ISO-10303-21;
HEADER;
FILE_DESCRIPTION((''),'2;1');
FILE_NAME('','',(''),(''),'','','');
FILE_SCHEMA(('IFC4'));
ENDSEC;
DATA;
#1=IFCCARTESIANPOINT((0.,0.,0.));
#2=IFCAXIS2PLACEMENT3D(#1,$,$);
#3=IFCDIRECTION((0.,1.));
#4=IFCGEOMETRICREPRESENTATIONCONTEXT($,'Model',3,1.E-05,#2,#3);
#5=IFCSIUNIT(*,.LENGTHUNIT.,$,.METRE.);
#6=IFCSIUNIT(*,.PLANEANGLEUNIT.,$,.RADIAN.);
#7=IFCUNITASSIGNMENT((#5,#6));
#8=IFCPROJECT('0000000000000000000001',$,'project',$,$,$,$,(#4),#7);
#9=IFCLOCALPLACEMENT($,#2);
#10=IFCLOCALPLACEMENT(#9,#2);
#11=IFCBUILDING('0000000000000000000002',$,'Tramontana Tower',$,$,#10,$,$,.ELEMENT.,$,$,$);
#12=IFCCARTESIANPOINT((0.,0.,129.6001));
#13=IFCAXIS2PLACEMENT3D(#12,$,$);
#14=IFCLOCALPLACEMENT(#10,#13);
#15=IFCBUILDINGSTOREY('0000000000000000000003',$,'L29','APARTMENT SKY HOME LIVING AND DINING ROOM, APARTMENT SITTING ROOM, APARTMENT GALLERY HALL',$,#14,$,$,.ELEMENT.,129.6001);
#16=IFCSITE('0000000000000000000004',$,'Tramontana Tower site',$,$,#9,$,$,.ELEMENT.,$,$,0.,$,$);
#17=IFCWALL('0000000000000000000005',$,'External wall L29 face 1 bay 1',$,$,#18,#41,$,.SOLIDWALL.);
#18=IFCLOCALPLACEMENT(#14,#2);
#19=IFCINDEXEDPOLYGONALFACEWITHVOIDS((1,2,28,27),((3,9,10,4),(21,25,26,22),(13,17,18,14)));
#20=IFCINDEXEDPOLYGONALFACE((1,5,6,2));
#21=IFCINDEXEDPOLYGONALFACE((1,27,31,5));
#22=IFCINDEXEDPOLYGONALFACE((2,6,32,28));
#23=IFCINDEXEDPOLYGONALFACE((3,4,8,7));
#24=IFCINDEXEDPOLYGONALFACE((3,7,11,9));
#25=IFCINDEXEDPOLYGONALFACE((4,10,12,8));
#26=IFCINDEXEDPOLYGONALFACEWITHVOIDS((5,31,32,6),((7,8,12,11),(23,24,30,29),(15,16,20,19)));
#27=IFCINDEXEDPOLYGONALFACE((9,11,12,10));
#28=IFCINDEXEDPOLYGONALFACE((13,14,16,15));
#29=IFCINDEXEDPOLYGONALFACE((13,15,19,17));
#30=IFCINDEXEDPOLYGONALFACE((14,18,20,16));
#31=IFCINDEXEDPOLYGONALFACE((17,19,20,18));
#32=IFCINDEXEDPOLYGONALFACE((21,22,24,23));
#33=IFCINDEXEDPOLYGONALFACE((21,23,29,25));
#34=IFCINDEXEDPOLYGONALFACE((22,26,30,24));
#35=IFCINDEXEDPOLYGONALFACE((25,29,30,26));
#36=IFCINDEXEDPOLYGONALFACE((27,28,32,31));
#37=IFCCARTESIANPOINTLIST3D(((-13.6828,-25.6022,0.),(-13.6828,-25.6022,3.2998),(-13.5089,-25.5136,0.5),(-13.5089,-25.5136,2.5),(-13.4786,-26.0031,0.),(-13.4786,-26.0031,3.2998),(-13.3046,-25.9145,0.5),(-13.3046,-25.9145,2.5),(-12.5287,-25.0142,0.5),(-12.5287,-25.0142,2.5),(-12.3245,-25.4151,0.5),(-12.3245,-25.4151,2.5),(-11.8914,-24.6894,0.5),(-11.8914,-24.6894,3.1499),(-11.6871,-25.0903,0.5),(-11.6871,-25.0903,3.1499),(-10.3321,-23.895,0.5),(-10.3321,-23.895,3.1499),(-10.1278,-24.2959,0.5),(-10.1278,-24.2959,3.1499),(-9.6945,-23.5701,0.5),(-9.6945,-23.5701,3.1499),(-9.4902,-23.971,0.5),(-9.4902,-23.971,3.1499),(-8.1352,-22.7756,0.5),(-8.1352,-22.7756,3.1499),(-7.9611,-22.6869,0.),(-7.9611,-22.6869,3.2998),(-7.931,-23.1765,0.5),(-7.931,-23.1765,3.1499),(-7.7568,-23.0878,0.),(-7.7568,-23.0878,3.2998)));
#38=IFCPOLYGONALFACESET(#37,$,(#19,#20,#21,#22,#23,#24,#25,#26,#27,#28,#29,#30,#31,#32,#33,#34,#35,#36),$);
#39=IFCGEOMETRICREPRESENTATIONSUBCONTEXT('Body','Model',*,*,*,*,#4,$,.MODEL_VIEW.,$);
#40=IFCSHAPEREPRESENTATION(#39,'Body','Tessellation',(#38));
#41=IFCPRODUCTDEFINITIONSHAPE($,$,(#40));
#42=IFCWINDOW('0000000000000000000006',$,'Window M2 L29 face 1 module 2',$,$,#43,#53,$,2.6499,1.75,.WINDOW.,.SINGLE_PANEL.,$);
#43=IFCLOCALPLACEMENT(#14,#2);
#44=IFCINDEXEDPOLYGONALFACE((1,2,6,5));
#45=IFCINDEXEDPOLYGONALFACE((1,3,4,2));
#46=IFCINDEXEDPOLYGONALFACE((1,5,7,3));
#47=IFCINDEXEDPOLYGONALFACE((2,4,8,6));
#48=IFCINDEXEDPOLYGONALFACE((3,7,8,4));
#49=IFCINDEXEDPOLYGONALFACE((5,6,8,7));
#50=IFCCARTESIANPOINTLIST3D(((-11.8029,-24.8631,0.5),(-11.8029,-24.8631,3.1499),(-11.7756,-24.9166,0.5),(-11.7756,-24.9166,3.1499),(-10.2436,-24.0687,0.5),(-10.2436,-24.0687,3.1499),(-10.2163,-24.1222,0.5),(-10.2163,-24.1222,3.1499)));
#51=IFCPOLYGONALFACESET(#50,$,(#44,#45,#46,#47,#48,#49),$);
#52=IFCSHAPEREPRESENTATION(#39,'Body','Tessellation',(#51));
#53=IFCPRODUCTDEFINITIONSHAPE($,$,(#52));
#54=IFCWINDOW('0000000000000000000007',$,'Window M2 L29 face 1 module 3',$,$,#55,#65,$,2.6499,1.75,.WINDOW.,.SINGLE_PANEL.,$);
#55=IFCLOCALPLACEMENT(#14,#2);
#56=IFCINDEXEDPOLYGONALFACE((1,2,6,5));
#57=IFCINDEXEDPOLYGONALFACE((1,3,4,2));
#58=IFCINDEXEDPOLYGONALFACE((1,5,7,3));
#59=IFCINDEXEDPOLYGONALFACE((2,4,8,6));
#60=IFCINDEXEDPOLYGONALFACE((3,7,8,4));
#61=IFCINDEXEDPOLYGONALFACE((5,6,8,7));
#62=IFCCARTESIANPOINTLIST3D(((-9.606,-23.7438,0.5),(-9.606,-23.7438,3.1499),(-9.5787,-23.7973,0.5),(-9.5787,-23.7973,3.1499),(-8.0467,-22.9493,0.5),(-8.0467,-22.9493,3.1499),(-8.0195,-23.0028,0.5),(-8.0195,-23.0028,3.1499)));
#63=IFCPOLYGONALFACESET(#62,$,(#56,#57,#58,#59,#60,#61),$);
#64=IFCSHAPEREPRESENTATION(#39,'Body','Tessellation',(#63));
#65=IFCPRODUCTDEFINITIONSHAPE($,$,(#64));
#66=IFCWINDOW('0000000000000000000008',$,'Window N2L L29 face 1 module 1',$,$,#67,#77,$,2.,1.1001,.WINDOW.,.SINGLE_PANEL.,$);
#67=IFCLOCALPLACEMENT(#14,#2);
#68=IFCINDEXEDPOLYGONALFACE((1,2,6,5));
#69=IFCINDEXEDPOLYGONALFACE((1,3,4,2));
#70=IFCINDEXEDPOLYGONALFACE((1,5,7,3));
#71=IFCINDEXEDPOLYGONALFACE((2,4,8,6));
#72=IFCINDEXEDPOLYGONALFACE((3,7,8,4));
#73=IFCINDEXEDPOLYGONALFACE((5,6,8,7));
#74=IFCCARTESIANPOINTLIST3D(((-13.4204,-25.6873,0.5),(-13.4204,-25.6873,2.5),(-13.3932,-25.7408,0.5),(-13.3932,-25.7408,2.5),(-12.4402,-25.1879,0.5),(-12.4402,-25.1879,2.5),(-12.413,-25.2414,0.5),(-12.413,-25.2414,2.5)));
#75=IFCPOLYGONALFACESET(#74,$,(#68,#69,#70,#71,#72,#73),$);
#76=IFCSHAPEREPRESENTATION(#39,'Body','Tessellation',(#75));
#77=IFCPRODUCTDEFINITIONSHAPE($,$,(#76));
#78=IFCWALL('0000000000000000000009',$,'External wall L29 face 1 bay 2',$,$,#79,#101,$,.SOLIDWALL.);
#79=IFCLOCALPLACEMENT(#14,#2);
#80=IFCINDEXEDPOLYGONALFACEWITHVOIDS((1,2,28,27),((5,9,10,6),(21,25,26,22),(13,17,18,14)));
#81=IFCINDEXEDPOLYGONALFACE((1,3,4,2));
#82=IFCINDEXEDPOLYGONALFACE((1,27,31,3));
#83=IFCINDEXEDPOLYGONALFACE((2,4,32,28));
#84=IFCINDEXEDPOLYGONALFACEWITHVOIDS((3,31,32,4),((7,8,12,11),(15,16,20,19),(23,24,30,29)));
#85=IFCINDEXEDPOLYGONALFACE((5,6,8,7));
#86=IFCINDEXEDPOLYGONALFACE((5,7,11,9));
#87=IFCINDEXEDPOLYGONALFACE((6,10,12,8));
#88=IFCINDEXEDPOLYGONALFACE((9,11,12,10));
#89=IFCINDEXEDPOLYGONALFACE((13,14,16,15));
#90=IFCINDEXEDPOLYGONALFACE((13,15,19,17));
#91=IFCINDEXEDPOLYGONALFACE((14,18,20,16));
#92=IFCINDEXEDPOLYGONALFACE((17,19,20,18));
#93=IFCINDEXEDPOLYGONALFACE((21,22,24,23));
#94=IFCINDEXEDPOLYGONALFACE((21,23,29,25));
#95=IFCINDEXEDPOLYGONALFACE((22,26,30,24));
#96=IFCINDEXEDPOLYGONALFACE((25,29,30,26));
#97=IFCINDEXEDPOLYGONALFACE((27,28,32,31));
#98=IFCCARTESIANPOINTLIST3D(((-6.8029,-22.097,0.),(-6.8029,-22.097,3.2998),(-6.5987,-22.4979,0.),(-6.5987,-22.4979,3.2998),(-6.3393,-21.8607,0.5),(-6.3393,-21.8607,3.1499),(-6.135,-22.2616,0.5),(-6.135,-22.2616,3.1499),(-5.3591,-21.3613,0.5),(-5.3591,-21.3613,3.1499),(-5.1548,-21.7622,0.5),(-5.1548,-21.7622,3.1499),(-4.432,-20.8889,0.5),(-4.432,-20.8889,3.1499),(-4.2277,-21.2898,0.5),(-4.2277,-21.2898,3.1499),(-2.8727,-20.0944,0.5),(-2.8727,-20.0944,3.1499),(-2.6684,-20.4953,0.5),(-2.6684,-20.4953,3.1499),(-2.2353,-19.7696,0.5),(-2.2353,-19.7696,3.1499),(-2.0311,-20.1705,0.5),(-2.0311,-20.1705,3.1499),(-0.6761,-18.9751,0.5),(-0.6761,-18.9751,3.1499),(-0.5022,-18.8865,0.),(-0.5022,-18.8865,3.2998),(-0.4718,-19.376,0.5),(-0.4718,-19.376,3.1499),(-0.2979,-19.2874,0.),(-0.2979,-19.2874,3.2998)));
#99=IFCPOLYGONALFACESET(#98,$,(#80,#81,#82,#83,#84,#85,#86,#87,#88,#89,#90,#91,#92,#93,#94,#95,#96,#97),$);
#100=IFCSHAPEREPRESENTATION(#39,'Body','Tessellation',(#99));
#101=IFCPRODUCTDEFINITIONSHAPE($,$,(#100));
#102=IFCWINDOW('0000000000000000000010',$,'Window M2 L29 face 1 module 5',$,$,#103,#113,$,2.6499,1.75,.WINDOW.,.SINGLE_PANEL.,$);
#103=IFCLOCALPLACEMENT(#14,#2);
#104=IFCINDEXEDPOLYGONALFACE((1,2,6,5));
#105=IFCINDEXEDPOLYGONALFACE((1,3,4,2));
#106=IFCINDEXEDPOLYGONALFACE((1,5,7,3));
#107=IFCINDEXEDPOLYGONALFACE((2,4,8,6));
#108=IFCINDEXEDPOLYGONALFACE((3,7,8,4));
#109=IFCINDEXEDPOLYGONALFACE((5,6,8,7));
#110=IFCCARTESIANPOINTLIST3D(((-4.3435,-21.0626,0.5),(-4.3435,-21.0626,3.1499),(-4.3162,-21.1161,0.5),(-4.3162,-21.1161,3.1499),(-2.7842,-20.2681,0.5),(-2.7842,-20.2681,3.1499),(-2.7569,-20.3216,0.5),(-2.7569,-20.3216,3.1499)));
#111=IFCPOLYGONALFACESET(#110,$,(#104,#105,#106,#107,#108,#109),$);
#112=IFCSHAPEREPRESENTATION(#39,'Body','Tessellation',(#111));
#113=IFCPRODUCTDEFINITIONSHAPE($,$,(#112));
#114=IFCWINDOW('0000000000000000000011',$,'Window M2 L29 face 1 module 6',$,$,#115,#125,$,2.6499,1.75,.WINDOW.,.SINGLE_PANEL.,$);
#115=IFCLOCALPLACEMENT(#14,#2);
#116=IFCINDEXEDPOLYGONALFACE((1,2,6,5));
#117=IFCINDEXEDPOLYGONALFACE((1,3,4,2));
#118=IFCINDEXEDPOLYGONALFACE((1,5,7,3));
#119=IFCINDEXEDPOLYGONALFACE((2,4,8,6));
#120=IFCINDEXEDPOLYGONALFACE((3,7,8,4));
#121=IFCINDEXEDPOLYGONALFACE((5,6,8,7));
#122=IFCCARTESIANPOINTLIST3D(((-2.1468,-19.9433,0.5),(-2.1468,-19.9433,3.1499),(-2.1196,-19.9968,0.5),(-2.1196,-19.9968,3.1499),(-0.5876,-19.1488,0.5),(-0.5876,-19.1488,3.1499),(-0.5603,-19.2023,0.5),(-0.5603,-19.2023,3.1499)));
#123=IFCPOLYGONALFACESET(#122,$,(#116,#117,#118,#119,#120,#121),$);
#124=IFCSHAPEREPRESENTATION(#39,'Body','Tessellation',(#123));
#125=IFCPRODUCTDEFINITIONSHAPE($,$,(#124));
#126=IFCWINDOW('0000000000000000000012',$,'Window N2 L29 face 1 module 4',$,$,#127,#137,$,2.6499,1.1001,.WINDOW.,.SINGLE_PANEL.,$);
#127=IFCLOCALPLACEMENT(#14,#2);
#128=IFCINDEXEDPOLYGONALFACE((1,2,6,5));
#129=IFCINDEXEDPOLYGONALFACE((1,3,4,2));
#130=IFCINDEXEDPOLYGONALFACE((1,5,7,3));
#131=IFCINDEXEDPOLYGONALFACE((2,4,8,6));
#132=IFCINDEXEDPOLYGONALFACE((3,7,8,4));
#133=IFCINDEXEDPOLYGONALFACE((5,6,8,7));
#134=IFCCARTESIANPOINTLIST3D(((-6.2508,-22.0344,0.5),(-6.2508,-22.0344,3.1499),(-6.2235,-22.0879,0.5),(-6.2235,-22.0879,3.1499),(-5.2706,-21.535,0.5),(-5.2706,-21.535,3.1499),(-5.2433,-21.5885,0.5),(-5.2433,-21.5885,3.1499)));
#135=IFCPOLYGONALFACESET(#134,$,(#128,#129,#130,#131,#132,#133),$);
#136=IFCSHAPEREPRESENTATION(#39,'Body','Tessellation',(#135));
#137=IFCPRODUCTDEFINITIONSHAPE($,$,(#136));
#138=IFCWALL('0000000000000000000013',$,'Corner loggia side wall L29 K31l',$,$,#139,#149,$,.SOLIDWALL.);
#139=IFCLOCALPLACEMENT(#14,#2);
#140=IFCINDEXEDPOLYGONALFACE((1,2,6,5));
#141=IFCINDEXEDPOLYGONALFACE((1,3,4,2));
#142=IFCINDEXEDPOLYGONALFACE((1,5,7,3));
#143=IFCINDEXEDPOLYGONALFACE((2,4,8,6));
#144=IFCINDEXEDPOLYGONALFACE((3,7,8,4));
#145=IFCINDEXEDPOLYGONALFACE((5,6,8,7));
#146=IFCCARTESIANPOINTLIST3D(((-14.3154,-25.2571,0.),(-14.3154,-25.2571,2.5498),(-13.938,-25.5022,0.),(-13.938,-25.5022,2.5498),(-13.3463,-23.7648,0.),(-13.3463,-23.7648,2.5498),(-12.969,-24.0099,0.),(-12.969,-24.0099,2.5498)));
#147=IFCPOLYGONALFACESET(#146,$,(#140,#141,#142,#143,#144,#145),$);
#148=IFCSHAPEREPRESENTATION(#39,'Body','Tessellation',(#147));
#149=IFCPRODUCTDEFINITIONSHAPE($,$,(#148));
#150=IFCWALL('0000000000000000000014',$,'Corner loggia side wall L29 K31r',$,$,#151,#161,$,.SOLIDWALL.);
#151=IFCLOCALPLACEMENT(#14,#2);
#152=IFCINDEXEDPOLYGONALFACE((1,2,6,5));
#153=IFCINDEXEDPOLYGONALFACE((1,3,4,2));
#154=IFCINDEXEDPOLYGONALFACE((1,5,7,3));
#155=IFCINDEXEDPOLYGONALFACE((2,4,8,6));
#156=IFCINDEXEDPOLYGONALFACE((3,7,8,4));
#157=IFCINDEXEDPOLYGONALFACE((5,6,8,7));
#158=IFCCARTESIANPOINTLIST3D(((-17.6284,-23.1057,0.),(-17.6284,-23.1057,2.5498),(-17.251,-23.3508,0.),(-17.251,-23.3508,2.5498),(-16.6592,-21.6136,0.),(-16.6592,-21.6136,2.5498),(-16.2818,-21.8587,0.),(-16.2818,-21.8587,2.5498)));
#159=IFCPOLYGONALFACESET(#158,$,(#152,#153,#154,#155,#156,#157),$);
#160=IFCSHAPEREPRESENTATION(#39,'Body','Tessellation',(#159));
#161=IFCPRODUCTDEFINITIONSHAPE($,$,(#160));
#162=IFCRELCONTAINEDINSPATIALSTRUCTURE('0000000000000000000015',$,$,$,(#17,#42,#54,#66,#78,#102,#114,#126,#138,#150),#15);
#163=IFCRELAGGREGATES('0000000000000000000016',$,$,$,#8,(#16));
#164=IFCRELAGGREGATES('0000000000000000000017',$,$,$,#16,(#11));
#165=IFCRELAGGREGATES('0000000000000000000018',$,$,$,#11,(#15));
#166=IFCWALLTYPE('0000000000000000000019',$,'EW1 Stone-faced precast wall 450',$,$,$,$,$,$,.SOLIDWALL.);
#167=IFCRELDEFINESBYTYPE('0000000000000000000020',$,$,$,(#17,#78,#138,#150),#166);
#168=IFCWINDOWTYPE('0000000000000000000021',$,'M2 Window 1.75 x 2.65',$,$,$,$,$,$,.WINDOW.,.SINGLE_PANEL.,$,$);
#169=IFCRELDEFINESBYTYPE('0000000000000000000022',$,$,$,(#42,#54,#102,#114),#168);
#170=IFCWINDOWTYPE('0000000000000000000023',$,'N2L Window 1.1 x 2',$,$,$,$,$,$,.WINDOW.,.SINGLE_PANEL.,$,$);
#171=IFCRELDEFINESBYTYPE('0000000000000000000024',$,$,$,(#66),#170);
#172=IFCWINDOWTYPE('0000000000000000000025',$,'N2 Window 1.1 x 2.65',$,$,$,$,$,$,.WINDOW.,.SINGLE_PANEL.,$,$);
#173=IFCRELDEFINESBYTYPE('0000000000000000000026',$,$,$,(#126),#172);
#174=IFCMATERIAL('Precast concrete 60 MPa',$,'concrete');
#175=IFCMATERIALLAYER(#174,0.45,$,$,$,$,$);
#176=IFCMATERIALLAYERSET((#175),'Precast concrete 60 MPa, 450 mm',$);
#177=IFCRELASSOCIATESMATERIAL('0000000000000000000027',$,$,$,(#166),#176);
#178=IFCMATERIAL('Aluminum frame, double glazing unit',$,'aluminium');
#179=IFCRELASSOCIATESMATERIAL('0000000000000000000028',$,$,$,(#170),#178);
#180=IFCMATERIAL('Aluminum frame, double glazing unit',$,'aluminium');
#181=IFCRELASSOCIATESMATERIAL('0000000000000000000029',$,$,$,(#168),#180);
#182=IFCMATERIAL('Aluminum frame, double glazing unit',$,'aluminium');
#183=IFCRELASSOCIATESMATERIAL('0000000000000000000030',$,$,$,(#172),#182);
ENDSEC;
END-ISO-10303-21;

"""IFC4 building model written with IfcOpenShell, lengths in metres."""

from ifc_helpers import new_model, si_unit, direction, frame, frame_2d, origin, place, context, subcontext, project, spatial, rectangle, extrude, material, layer, layer_set, type_object, element, fill, save


model = new_model("IFC4")

# Units and contexts
model_context = context("Model", 3, precision=1e-05, world=origin(), true_north=direction((0.0, 1.0)))
body_context = subcontext(model_context, "Body", "Model", "MODEL_VIEW")
ifc_project = project(units=[si_unit("LENGTHUNIT", "METRE"), si_unit("PLANEANGLEUNIT", "RADIAN")], contexts=[model_context])

# Site, building, storey
site_placement = place(None, origin())
site = spatial("IfcSite", under=ifc_project, at=site_placement, Name="Tramontana Tower site", CompositionType="ELEMENT", RefElevation=0.0)
building_placement = place(site_placement, origin())
building = spatial("IfcBuilding", under=site, at=building_placement, Name="Tramontana Tower", CompositionType="ELEMENT")
storey_placement = place(building_placement, frame((0.0, 0.0, 129.6001)))
storey = spatial("IfcBuildingStorey", under=building, at=storey_placement, Name="L29", Description="APARTMENT SKY HOME LIVING AND DINING ROOM, APARTMENT SITTING ROOM, APARTMENT GALLERY HALL", CompositionType="ELEMENT", Elevation=129.6001)

# Shared definitions
ifc_material_1 = material(Name="Precast concrete 60 MPa", Category="concrete")
ifc_layer_1 = layer(ifc_material_1, 0.45)
ifc_layer_set_1 = layer_set([ifc_layer_1], Name="Precast concrete 60 MPa, 450 mm")
wall_type_1 = type_object("IfcWallType", Name="EW1 Stone-faced precast wall 450", PredefinedType="SOLIDWALL", material=ifc_layer_set_1)
ifc_material_2 = material(Name="Aluminum frame, double glazing unit", Category="aluminium")
window_type_1 = type_object("IfcWindowType", Name="N2L Window 1.1 x 2", PartitioningType="SINGLE_PANEL", PredefinedType="WINDOW", material=ifc_material_2)

# Walls, openings, windows
wall_1_placement = place(storey_placement, frame((-13.5808, -25.8027, 0.0), z_axis=(0.0, 0.0, 1.0), x_axis=(0.89101, 0.453983, 0.0)))
wall_1 = element("IfcWall", 1, at=wall_1_placement, inside=storey, type_object=wall_type_1, Name="External wall L29 face 1 bay 1", PredefinedType="SOLIDWALL", context=body_context, shape_type="SweptSolid", body=[
    extrude(rectangle(XDim=6.4216, YDim=0.45, at=frame_2d((3.2109, 0.0))), origin(), (0.0, 0.0, 1.0), 3.2998),
])
opening_1_placement = place(wall_1_placement, frame((0.1953, 0.0, 0.5)))
opening_1 = element("IfcOpeningElement", 2, at=opening_1_placement, cuts=wall_1, PredefinedType="OPENING", context=body_context, shape_type="SweptSolid", body=[
    extrude(rectangle(XDim=1.1001, YDim=2.0, at=frame_2d((0.55, 1.0))), frame((0.0, 0.2349, 0.0), z_axis=(0.0, -1.0, 0.0), x_axis=(1.0, 0.0, 0.0)), (0.0, 0.0, 1.0), 0.47),
])
opening_2_placement = place(wall_1_placement, frame((2.0107, 0.0, 0.5)))
opening_2 = element("IfcOpeningElement", 3, at=opening_2_placement, cuts=wall_1, PredefinedType="OPENING", context=body_context, shape_type="SweptSolid", body=[
    extrude(rectangle(XDim=1.75, YDim=2.6499, at=frame_2d((0.875, 1.325))), frame((0.0, 0.2349, 0.0), z_axis=(0.0, -1.0, 0.0), x_axis=(1.0, 0.0, 0.0)), (0.0, 0.0, 1.0), 0.47),
])
opening_3_placement = place(wall_1_placement, frame((4.4763, 0.0, 0.5)))
opening_3 = element("IfcOpeningElement", 4, at=opening_3_placement, cuts=wall_1, PredefinedType="OPENING", context=body_context, shape_type="SweptSolid", body=[
    extrude(rectangle(XDim=1.75, YDim=2.6499, at=frame_2d((0.875, 1.325))), frame((0.0, 0.2349, 0.0), z_axis=(0.0, -1.0, 0.0), x_axis=(1.0, 0.0, 0.0)), (0.0, 0.0, 1.0), 0.47),
])
ifc_material_3 = material(Name="Aluminum frame, double glazing unit", Category="aluminium")
window_type_2 = type_object("IfcWindowType", Name="M2 Window 1.75 x 2.65", PartitioningType="SINGLE_PANEL", PredefinedType="WINDOW", material=ifc_material_3)
window_1_placement = place(opening_2_placement, origin())
window_1 = element("IfcWindow", 5, at=window_1_placement, inside=storey, type_object=window_type_2, Name="Window M2 L29 face 1 module 2", OverallHeight=2.6499, OverallWidth=1.75, PartitioningType="SINGLE_PANEL", PredefinedType="WINDOW", context=body_context, shape_type="SweptSolid", body=[
    extrude(rectangle(XDim=1.75, YDim=2.6499, at=frame_2d((0.875, 1.325))), frame((0.0, 0.03, 0.0), z_axis=(0.0, -1.0, 0.0), x_axis=(1.0, 0.0, 0.0)), (0.0, 0.0, 1.0), 0.0601),
])
fill(opening_2, window_1)
window_2_placement = place(opening_3_placement, origin())
window_2 = element("IfcWindow", 6, at=window_2_placement, inside=storey, type_object=window_type_2, Name="Window M2 L29 face 1 module 3", OverallHeight=2.6499, OverallWidth=1.75, PartitioningType="SINGLE_PANEL", PredefinedType="WINDOW", context=body_context, shape_type="SweptSolid", body=[
    extrude(rectangle(XDim=1.75, YDim=2.6499, at=frame_2d((0.875, 1.325))), frame((0.0, 0.03, 0.0), z_axis=(0.0, -1.0, 0.0), x_axis=(1.0, 0.0, 0.0)), (0.0, 0.0, 1.0), 0.0601),
])
fill(opening_3, window_2)
window_3_placement = place(opening_1_placement, origin())
window_3 = element("IfcWindow", 7, at=window_3_placement, inside=storey, type_object=window_type_1, Name="Window N2L L29 face 1 module 1", OverallHeight=2.0, OverallWidth=1.1001, PartitioningType="SINGLE_PANEL", PredefinedType="WINDOW", context=body_context, shape_type="SweptSolid", body=[
    extrude(rectangle(XDim=1.1001, YDim=2.0, at=frame_2d((0.55, 1.0))), frame((0.0, 0.03, 0.0), z_axis=(0.0, -1.0, 0.0), x_axis=(1.0, 0.0, 0.0)), (0.0, 0.0, 1.0), 0.0601),
])
fill(opening_1, window_3)
wall_2_placement = place(storey_placement, frame((-6.7007, -22.2974, 0.0), z_axis=(0.0, 0.0, 1.0), x_axis=(0.891004, 0.453995, 0.0)))
wall_2 = element("IfcWall", 8, at=wall_2_placement, inside=storey, type_object=wall_type_1, Name="External wall L29 face 1 bay 2", PredefinedType="SOLIDWALL", context=body_context, shape_type="SweptSolid", body=[
    extrude(rectangle(XDim=7.0715, YDim=0.45, at=frame_2d((3.5356, 0.0))), origin(), (0.0, 0.0, 1.0), 3.2998),
])
opening_4_placement = place(wall_2_placement, frame((0.5203, 0.0, 0.5)))
opening_4 = element("IfcOpeningElement", 9, at=opening_4_placement, cuts=wall_2, PredefinedType="OPENING", context=body_context, shape_type="SweptSolid", body=[
    extrude(rectangle(XDim=1.1001, YDim=2.6499, at=frame_2d((0.55, 1.325))), frame((0.0, 0.2349, 0.0), z_axis=(0.0, -1.0, 0.0), x_axis=(1.0, 0.0, 0.0)), (0.0, 0.0, 1.0), 0.47),
])
opening_5_placement = place(wall_2_placement, frame((2.6609, 0.0, 0.5)))
opening_5 = element("IfcOpeningElement", 10, at=opening_5_placement, cuts=wall_2, PredefinedType="OPENING", context=body_context, shape_type="SweptSolid", body=[
    extrude(rectangle(XDim=1.75, YDim=2.6499, at=frame_2d((0.875, 1.325))), frame((0.0, 0.2349, 0.0), z_axis=(0.0, -1.0, 0.0), x_axis=(1.0, 0.0, 0.0)), (0.0, 0.0, 1.0), 0.47),
])
opening_6_placement = place(wall_2_placement, frame((5.1262, 0.0, 0.5)))
opening_6 = element("IfcOpeningElement", 11, at=opening_6_placement, cuts=wall_2, PredefinedType="OPENING", context=body_context, shape_type="SweptSolid", body=[
    extrude(rectangle(XDim=1.75, YDim=2.6499, at=frame_2d((0.875, 1.325))), frame((0.0, 0.2349, 0.0), z_axis=(0.0, -1.0, 0.0), x_axis=(1.0, 0.0, 0.0)), (0.0, 0.0, 1.0), 0.47),
])
window_4_placement = place(opening_5_placement, origin())
window_4 = element("IfcWindow", 12, at=window_4_placement, inside=storey, type_object=window_type_2, Name="Window M2 L29 face 1 module 5", OverallHeight=2.6499, OverallWidth=1.75, PartitioningType="SINGLE_PANEL", PredefinedType="WINDOW", context=body_context, shape_type="SweptSolid", body=[
    extrude(rectangle(XDim=1.75, YDim=2.6499, at=frame_2d((0.875, 1.325))), frame((0.0, 0.03, 0.0), z_axis=(0.0, -1.0, 0.0), x_axis=(1.0, 0.0, 0.0)), (0.0, 0.0, 1.0), 0.0601),
])
fill(opening_5, window_4)
window_5_placement = place(opening_6_placement, origin())
window_5 = element("IfcWindow", 13, at=window_5_placement, inside=storey, type_object=window_type_2, Name="Window M2 L29 face 1 module 6", OverallHeight=2.6499, OverallWidth=1.75, PartitioningType="SINGLE_PANEL", PredefinedType="WINDOW", context=body_context, shape_type="SweptSolid", body=[
    extrude(rectangle(XDim=1.75, YDim=2.6499, at=frame_2d((0.875, 1.325))), frame((0.0, 0.03, 0.0), z_axis=(0.0, -1.0, 0.0), x_axis=(1.0, 0.0, 0.0)), (0.0, 0.0, 1.0), 0.0601),
])
fill(opening_6, window_5)
ifc_material_4 = material(Name="Aluminum frame, double glazing unit", Category="aluminium")
window_type_3 = type_object("IfcWindowType", Name="N2 Window 1.1 x 2.65", PartitioningType="SINGLE_PANEL", PredefinedType="WINDOW", material=ifc_material_4)
window_6_placement = place(opening_4_placement, origin())
window_6 = element("IfcWindow", 14, at=window_6_placement, inside=storey, type_object=window_type_3, Name="Window N2 L29 face 1 module 4", OverallHeight=2.6499, OverallWidth=1.1001, PartitioningType="SINGLE_PANEL", PredefinedType="WINDOW", context=body_context, shape_type="SweptSolid", body=[
    extrude(rectangle(XDim=1.1001, YDim=2.6499, at=frame_2d((0.55, 1.325))), frame((0.0, 0.03, 0.0), z_axis=(0.0, -1.0, 0.0), x_axis=(1.0, 0.0, 0.0)), (0.0, 0.0, 1.0), 0.0601),
])
fill(opening_4, window_6)

# Walls
for number, where, z_axis, x_axis, name in (
    (15, (-14.1267, -25.3796, 0.0), (0.0, 0.0, 1.0), (0.544622, 0.838682, 0.0), "Corner loggia side wall L29 K31l"),
    (16, (-17.4397, -23.2283, 0.0), (0.0, 0.0, 1.0), (0.544718, 0.838619, 0.0), "Corner loggia side wall L29 K31r"),
):
    element("IfcWall", number, at=place(storey_placement, frame(where, z_axis=z_axis, x_axis=x_axis)), inside=storey, type_object=wall_type_1, Name=name, PredefinedType="SOLIDWALL", context=body_context, shape_type="SweptSolid", body=[
        extrude(rectangle(XDim=1.7793, YDim=0.45, at=frame_2d((0.8896, 0.0))), origin(), (0.0, 0.0, 1.0), 2.5498),
    ])

save(model, "model.ifc")
